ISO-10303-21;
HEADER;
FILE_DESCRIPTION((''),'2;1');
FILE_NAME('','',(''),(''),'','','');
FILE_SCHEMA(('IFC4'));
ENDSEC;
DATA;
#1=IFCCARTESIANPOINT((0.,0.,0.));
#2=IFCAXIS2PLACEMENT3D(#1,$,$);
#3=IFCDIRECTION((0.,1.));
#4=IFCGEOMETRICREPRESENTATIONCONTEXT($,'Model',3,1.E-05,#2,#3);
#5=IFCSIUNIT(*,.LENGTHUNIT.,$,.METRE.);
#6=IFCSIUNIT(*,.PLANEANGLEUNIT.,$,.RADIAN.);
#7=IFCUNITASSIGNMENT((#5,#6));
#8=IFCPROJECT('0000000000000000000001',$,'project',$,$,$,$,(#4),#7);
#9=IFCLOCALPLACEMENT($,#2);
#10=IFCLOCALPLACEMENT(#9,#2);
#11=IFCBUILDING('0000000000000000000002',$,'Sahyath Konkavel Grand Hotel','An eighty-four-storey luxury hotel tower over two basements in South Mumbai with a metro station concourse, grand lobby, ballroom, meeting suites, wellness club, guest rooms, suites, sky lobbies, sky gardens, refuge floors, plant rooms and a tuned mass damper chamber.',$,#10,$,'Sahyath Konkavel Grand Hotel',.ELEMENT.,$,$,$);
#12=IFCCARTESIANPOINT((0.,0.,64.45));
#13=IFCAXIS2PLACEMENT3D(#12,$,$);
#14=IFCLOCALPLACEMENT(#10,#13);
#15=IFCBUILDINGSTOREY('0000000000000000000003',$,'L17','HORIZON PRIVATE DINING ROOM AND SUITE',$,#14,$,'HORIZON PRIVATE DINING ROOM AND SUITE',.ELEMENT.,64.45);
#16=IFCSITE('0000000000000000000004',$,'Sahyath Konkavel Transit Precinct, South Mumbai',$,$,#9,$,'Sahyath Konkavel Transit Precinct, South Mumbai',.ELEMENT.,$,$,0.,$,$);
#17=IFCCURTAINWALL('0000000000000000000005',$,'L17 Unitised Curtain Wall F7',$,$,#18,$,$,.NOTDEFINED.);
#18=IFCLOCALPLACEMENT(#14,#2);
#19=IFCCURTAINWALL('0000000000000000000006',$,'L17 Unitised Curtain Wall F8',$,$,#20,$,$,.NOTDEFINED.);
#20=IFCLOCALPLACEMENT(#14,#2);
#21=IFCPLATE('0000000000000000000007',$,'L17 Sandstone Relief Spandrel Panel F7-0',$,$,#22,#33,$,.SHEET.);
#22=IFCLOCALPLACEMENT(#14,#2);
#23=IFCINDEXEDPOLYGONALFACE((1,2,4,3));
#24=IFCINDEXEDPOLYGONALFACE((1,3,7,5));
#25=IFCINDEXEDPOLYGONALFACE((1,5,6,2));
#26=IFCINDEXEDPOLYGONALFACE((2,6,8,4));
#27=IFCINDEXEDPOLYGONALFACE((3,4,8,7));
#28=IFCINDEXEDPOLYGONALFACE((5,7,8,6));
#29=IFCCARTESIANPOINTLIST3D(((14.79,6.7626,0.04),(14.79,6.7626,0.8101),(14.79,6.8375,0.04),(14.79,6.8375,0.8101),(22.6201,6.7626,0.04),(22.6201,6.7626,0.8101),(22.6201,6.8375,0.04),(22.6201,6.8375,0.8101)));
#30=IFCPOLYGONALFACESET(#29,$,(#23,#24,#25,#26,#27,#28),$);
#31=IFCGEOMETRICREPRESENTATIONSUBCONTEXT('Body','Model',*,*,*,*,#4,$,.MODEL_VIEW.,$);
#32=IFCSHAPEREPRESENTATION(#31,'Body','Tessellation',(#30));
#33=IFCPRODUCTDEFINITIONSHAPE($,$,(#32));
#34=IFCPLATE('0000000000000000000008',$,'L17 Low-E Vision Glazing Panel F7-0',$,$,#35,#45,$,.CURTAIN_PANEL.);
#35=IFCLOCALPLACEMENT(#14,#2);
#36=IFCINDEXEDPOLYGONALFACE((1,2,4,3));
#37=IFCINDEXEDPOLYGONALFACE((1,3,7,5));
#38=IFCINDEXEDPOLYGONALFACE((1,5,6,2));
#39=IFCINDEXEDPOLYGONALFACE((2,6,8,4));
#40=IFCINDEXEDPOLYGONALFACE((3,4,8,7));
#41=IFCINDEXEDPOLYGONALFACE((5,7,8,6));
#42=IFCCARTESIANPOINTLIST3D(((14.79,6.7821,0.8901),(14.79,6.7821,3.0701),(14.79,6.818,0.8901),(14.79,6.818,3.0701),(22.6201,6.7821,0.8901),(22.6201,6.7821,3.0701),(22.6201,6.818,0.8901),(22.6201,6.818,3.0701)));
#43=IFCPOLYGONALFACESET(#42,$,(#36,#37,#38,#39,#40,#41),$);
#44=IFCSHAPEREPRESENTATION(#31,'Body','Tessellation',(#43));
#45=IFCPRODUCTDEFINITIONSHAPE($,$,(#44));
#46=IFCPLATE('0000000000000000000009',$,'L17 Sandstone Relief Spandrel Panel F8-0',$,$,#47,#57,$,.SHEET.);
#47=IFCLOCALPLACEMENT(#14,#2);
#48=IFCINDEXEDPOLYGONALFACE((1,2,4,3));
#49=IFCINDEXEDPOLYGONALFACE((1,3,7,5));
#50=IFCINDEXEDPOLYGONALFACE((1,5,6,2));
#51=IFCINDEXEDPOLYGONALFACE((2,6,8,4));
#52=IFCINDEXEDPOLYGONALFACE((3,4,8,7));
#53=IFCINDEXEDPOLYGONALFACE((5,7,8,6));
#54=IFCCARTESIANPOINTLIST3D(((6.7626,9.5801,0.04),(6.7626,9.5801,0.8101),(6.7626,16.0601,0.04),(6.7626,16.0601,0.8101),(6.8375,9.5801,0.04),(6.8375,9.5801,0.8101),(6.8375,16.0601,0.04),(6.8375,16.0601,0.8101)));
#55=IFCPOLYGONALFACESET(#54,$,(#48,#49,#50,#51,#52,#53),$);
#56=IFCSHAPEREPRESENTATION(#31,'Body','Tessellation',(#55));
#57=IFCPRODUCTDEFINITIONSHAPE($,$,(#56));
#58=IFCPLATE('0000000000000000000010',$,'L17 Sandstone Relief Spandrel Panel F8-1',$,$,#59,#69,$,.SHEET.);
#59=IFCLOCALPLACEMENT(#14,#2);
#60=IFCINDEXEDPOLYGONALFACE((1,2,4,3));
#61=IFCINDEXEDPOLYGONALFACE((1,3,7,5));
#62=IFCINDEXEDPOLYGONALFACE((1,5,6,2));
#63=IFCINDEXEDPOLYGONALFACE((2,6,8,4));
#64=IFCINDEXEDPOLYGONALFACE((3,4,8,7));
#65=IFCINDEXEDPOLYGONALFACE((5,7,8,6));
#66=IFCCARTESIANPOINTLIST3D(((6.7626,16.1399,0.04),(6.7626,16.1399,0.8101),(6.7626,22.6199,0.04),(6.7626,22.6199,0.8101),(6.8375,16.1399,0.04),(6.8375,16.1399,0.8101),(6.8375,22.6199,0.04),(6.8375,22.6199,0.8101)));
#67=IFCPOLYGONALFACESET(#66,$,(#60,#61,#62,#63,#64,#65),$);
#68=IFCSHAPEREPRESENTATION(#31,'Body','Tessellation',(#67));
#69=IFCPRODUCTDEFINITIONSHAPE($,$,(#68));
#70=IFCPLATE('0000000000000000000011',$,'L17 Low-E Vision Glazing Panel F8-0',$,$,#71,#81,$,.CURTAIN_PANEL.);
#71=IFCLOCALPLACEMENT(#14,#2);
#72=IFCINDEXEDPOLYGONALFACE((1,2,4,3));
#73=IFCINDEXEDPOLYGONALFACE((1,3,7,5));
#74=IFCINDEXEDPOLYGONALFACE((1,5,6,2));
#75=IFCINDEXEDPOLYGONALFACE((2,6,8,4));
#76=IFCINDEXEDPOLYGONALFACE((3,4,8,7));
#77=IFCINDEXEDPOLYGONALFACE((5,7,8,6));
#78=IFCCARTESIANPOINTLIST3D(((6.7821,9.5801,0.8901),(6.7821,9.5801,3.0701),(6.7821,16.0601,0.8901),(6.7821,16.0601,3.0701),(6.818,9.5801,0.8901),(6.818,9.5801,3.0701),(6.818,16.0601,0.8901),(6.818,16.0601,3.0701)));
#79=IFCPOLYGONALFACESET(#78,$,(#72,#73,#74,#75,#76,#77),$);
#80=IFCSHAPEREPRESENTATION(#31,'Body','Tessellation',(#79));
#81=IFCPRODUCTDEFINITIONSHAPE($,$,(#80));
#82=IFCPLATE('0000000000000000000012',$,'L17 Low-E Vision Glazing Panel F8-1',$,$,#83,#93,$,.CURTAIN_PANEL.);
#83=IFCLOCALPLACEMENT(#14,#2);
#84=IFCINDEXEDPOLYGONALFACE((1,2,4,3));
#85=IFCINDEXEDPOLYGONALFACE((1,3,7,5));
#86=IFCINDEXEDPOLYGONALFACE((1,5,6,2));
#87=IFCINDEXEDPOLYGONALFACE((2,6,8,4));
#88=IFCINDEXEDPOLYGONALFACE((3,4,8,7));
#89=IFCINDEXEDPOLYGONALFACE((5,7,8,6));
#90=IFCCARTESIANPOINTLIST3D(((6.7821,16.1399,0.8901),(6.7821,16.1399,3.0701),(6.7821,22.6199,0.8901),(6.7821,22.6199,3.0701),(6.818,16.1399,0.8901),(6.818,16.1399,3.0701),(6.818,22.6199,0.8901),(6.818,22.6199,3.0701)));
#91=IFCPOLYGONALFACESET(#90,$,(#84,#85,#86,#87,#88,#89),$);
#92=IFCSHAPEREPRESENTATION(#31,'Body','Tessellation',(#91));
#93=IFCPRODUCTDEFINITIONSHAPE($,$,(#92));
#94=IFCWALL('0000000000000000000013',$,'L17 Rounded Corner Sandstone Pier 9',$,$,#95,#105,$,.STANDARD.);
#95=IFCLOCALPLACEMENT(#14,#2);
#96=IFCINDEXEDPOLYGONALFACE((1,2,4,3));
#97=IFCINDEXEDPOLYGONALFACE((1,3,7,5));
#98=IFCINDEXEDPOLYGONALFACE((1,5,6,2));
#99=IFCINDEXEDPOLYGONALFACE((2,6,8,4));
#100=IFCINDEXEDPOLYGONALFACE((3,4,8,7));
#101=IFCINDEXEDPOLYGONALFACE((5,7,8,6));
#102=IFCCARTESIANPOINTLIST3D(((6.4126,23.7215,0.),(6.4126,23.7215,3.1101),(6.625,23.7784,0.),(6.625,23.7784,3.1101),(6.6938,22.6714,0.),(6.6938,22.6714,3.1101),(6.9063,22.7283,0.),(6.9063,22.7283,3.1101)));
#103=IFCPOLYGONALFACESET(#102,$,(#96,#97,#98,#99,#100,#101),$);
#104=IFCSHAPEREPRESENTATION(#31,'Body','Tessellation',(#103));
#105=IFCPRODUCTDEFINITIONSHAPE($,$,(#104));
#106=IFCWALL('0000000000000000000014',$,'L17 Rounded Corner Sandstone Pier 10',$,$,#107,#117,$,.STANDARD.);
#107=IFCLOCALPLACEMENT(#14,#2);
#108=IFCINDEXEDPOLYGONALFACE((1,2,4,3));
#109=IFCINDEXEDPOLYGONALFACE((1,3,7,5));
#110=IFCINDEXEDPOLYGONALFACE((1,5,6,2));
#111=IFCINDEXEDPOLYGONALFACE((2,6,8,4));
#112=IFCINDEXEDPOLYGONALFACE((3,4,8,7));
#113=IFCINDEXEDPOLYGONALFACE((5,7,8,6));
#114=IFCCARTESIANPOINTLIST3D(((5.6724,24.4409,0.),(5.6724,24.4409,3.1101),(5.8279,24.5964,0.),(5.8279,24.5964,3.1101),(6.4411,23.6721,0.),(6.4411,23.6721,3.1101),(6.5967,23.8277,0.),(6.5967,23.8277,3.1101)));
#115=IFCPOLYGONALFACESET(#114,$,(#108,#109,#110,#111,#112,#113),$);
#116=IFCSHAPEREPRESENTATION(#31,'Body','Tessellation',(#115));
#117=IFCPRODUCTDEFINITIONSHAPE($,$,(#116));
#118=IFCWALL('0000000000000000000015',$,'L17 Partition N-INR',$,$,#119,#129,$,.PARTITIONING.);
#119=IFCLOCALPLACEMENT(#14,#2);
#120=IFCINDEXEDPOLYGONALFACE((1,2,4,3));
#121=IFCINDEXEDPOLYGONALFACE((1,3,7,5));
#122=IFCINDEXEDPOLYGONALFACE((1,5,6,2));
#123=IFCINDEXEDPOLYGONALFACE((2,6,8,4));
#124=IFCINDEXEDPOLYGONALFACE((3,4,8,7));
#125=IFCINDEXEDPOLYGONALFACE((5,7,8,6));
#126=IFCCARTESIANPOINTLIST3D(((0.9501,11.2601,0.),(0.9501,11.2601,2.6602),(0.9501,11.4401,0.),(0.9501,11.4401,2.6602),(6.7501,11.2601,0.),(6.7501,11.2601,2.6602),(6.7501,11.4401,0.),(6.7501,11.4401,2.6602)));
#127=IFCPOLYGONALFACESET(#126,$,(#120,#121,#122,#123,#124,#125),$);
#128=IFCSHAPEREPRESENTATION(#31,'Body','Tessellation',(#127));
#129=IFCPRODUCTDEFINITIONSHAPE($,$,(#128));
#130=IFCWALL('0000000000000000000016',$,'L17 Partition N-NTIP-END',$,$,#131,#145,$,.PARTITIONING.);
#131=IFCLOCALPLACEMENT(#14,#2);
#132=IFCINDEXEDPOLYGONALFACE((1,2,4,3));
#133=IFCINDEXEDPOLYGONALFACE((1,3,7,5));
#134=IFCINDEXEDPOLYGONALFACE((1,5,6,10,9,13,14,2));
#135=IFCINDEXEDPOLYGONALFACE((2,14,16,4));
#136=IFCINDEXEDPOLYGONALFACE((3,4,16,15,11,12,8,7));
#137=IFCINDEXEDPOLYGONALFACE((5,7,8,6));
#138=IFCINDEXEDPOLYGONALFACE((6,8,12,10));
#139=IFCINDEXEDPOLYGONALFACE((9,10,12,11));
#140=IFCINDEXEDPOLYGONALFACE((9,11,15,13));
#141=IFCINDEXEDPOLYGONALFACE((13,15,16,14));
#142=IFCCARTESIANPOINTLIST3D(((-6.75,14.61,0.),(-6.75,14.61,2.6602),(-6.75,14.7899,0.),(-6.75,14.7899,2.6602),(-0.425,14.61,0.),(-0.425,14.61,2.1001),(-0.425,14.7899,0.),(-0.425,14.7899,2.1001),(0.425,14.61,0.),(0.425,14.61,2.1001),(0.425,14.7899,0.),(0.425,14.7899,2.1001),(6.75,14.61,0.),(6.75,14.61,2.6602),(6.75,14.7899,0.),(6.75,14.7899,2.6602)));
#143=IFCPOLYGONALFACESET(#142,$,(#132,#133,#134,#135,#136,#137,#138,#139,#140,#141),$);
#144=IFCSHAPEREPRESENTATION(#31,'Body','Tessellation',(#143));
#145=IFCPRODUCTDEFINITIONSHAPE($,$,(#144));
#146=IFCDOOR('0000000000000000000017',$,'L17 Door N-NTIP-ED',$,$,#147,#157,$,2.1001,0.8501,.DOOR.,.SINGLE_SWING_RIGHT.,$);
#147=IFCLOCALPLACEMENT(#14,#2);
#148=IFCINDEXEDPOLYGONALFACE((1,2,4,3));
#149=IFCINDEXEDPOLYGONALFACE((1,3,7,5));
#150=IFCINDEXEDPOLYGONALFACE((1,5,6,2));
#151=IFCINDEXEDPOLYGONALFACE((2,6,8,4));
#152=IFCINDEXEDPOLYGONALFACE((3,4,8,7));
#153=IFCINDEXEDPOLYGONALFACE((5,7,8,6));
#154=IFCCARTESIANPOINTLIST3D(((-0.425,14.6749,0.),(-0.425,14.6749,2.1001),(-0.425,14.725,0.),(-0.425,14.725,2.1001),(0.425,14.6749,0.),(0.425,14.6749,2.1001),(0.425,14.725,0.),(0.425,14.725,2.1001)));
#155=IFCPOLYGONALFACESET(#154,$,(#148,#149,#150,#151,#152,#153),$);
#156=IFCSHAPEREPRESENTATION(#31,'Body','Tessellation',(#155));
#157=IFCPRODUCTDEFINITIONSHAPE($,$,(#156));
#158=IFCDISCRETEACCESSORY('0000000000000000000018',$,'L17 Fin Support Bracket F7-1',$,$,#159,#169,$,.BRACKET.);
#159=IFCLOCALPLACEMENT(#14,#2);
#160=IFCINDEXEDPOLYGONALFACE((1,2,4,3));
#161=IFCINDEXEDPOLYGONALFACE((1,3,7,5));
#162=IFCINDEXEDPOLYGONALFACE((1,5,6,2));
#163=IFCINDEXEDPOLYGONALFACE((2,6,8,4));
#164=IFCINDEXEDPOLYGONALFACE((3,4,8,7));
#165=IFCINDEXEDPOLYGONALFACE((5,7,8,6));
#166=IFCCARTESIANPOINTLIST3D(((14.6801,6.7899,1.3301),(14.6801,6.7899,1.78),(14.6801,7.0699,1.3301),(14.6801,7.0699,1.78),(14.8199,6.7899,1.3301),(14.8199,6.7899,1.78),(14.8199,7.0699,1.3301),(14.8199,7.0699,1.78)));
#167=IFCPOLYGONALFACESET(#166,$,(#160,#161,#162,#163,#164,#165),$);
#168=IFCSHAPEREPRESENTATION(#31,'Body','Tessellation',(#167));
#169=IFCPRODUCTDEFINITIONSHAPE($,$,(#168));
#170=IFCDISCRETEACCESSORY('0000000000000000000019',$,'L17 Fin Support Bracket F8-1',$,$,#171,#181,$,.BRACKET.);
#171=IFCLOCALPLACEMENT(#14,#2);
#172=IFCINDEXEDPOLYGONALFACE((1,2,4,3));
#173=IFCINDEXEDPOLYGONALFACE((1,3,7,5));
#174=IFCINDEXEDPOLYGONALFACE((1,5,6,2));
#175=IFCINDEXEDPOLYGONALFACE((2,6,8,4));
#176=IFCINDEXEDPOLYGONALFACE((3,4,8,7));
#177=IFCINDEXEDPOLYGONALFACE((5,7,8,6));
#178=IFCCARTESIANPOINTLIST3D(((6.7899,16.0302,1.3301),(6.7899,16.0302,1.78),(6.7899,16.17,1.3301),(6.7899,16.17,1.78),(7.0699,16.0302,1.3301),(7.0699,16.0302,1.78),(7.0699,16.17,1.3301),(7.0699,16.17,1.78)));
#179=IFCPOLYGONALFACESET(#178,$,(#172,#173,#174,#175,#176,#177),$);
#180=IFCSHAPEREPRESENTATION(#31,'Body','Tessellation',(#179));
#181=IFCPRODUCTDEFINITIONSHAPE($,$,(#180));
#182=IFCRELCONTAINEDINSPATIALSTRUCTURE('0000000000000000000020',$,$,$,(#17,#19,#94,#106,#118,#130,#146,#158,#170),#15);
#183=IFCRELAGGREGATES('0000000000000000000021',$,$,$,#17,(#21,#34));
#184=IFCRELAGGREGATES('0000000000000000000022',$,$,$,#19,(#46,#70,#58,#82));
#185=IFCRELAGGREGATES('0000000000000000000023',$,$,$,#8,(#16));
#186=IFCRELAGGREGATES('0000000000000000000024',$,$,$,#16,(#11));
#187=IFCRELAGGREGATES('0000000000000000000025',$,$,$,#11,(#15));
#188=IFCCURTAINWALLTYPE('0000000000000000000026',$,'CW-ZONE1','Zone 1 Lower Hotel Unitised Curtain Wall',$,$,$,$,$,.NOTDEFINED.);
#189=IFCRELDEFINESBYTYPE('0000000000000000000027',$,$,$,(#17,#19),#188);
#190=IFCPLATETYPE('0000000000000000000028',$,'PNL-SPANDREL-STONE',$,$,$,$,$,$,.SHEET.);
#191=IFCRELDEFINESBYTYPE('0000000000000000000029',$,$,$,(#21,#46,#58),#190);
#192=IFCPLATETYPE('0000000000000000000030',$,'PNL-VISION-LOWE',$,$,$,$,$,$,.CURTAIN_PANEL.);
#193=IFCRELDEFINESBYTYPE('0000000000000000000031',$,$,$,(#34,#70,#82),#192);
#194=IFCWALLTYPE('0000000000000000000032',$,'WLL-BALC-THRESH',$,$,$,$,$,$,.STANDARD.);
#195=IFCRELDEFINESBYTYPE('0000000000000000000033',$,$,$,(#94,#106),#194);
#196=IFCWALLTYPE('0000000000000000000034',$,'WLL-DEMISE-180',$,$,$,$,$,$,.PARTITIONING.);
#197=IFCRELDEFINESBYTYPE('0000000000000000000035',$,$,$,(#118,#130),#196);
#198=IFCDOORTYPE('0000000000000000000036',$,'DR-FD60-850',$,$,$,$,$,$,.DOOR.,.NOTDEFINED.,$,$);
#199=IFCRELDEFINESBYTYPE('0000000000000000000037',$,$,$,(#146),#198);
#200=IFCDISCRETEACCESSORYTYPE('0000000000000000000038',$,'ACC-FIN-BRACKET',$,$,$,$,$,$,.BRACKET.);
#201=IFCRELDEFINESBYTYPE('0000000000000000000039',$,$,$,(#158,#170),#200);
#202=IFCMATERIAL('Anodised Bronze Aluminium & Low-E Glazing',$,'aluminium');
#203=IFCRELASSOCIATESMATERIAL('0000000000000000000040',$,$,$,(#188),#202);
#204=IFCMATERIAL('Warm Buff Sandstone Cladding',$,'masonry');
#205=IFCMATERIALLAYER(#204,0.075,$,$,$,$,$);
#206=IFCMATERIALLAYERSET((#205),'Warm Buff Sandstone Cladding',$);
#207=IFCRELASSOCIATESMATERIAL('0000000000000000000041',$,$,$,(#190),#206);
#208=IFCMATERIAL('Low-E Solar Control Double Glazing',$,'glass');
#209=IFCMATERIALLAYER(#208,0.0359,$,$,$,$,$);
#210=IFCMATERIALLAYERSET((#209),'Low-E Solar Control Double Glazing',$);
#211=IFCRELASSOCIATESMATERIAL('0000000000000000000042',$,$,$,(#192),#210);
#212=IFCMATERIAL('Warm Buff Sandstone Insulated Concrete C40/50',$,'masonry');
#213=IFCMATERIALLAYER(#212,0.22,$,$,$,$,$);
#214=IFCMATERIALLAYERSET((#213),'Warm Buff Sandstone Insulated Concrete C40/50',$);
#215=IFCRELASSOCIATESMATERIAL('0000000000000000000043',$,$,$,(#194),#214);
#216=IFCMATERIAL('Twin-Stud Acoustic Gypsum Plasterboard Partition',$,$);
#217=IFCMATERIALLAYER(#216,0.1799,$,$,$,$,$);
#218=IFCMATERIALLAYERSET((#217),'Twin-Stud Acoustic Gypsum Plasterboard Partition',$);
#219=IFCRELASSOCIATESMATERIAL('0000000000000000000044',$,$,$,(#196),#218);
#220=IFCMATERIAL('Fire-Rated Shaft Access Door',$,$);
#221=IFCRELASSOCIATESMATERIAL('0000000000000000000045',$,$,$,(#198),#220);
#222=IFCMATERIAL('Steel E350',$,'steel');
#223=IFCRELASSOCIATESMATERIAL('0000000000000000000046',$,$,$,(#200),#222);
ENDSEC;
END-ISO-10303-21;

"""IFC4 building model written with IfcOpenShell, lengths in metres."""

from ifc_helpers import new_model, si_unit, direction, frame, frame_2d, origin, origin_2d, place, context, subcontext, project, spatial, rectangle, extrude, source, transform, mapped, material, layer, layer_set, type_object, element, fill, aggregate, save


model = new_model("IFC4")

# Units and contexts
model_context = context("Model", 3, precision=1e-05, world=origin(), true_north=direction((0.0, 1.0)))
body_context = subcontext(model_context, "Body", "Model", "MODEL_VIEW")
ifc_project = project(units=[si_unit("LENGTHUNIT", "METRE"), si_unit("PLANEANGLEUNIT", "RADIAN")], contexts=[model_context])

# Site, building, storey
site_placement = place(None, origin())
site = spatial("IfcSite", under=ifc_project, at=site_placement, Name="Sahyath Konkavel Transit Precinct, South Mumbai", LongName="Sahyath Konkavel Transit Precinct, South Mumbai", CompositionType="ELEMENT", RefElevation=0.0)
building_placement = place(site_placement, origin())
building = spatial("IfcBuilding", under=site, at=building_placement, Name="Sahyath Konkavel Grand Hotel", Description="An eighty-four-storey luxury hotel tower over two basements in South Mumbai with a metro station concourse, grand lobby, ballroom, meeting suites, wellness club, guest rooms, suites, sky lobbies, sky gardens, refuge floors, plant rooms and a tuned mass damper chamber.", LongName="Sahyath Konkavel Grand Hotel", CompositionType="ELEMENT")
storey_placement = place(building_placement, frame((0.0, 0.0, 64.45)))
storey = spatial("IfcBuildingStorey", under=building, at=storey_placement, Name="L17", Description="HORIZON PRIVATE DINING ROOM AND SUITE", LongName="HORIZON PRIVATE DINING ROOM AND SUITE", CompositionType="ELEMENT", Elevation=64.45)

# Curtain walls
ifc_material_1 = material(Name="Anodised Bronze Aluminium & Low-E Glazing", Category="aluminium")
curtain_wall_type = type_object("IfcCurtainWallType", Name="CW-ZONE1", Description="Zone 1 Lower Hotel Unitised Curtain Wall", PredefinedType="NOTDEFINED", material=ifc_material_1)
curtain_wall_1_placement = place(storey_placement, origin())
curtain_wall_1 = element("IfcCurtainWall", 1, at=curtain_wall_1_placement, inside=storey, type_object=curtain_wall_type, Name="L17 Unitised Curtain Wall F7", PredefinedType="NOTDEFINED")
curtain_wall_2_placement = place(storey_placement, origin())
curtain_wall_2 = element("IfcCurtainWall", 2, at=curtain_wall_2_placement, inside=storey, type_object=curtain_wall_type, Name="L17 Unitised Curtain Wall F8", PredefinedType="NOTDEFINED")

# Plates
ifc_material_2 = material(Name="Warm Buff Sandstone Cladding", Category="masonry")
ifc_layer_1 = layer(ifc_material_2, 0.075)
ifc_layer_set_1 = layer_set([ifc_layer_1], Name="Warm Buff Sandstone Cladding")
plate_type_1 = type_object("IfcPlateType", Name="PNL-SPANDREL-STONE", PredefinedType="SHEET", material=ifc_layer_set_1)
shared_shape_1 = source(origin(), body_context, "Body", "SweptSolid", [
    extrude(rectangle(XDim=7.8301, YDim=0.075, at=origin_2d()), origin(), (0.0, 0.0, 1.0), 0.77),
])
plate_1_placement = place(storey_placement, frame((18.7051, 6.8, 0.04), z_axis=(0.0, 0.0, 1.0), x_axis=(-1.0, 0.0, 0.0)))
plate_1 = element("IfcPlate", 3, at=plate_1_placement, type_object=plate_type_1, Name="L17 Sandstone Relief Spandrel Panel F7-0", PredefinedType="SHEET", context=body_context, shape_type="MappedRepresentation", body=[
    mapped(shared_shape_1, transform((0.0, 0.0, 0.0), scale=1.0)),
])
ifc_material_3 = material(Name="Low-E Solar Control Double Glazing", Category="glass")
ifc_layer_2 = layer(ifc_material_3, 0.0359)
ifc_layer_set_2 = layer_set([ifc_layer_2], Name="Low-E Solar Control Double Glazing")
plate_type_2 = type_object("IfcPlateType", Name="PNL-VISION-LOWE", PredefinedType="CURTAIN_PANEL", material=ifc_layer_set_2)
shared_shape_2 = source(origin(), body_context, "Body", "SweptSolid", [
    extrude(rectangle(XDim=7.8301, YDim=0.0359, at=origin_2d()), origin(), (0.0, 0.0, 1.0), 2.1799),
])
plate_2_placement = place(storey_placement, frame((18.7051, 6.8, 0.8901), z_axis=(0.0, 0.0, 1.0), x_axis=(-1.0, 0.0, 0.0)))
plate_2 = element("IfcPlate", 4, at=plate_2_placement, type_object=plate_type_2, Name="L17 Low-E Vision Glazing Panel F7-0", PredefinedType="CURTAIN_PANEL", context=body_context, shape_type="MappedRepresentation", body=[
    mapped(shared_shape_2, transform((0.0, 0.0, 0.0), scale=1.0)),
])
aggregate(curtain_wall_1, [plate_1, plate_2])
shared_shape_3 = source(origin(), body_context, "Body", "SweptSolid", [
    extrude(rectangle(XDim=6.48, YDim=0.075, at=origin_2d()), origin(), (0.0, 0.0, 1.0), 0.77),
])
plate_3_placement = place(storey_placement, frame((6.8, 12.8201, 0.04), z_axis=(0.0, 0.0, 1.0), x_axis=(0.0, 1.0, 0.0)))
plate_3 = element("IfcPlate", 5, at=plate_3_placement, type_object=plate_type_1, Name="L17 Sandstone Relief Spandrel Panel F8-0", PredefinedType="SHEET", context=body_context, shape_type="MappedRepresentation", body=[
    mapped(shared_shape_3, transform((0.0, 0.0, 0.0), scale=1.0)),
])
plate_4_placement = place(storey_placement, frame((6.8, 19.3799, 0.04), z_axis=(0.0, 0.0, 1.0), x_axis=(0.0, 1.0, 0.0)))
plate_4 = element("IfcPlate", 6, at=plate_4_placement, type_object=plate_type_1, Name="L17 Sandstone Relief Spandrel Panel F8-1", PredefinedType="SHEET", context=body_context, shape_type="MappedRepresentation", body=[
    mapped(shared_shape_3, transform((0.0, 0.0, 0.0), scale=1.0)),
])
shared_shape_4 = source(origin(), body_context, "Body", "SweptSolid", [
    extrude(rectangle(XDim=6.48, YDim=0.0359, at=origin_2d()), origin(), (0.0, 0.0, 1.0), 2.1799),
])
plate_5_placement = place(storey_placement, frame((6.8, 12.8201, 0.8901), z_axis=(0.0, 0.0, 1.0), x_axis=(0.0, 1.0, 0.0)))
plate_5 = element("IfcPlate", 7, at=plate_5_placement, type_object=plate_type_2, Name="L17 Low-E Vision Glazing Panel F8-0", PredefinedType="CURTAIN_PANEL", context=body_context, shape_type="MappedRepresentation", body=[
    mapped(shared_shape_4, transform((0.0, 0.0, 0.0), scale=1.0)),
])
plate_6_placement = place(storey_placement, frame((6.8, 19.3799, 0.8901), z_axis=(0.0, 0.0, 1.0), x_axis=(0.0, 1.0, 0.0)))
plate_6 = element("IfcPlate", 8, at=plate_6_placement, type_object=plate_type_2, Name="L17 Low-E Vision Glazing Panel F8-1", PredefinedType="CURTAIN_PANEL", context=body_context, shape_type="MappedRepresentation", body=[
    mapped(shared_shape_4, transform((0.0, 0.0, 0.0), scale=1.0)),
])
aggregate(curtain_wall_2, [plate_3, plate_5, plate_4, plate_6])

# Walls
ifc_material_4 = material(Name="Warm Buff Sandstone Insulated Concrete C40/50", Category="masonry")
ifc_layer_3 = layer(ifc_material_4, 0.22)
ifc_layer_set_3 = layer_set([ifc_layer_3], Name="Warm Buff Sandstone Insulated Concrete C40/50")
wall_type_1 = type_object("IfcWallType", Name="WLL-BALC-THRESH", PredefinedType="STANDARD", material=ifc_layer_set_3)
for number, where, z_axis, x_axis, name in (
    (9, (6.8, 22.7, 0.0), (0.0, 0.0, 1.0), (-0.258725, 0.965951, 0.0), "L17 Rounded Corner Sandstone Pier 9"),
    (10, (6.5188, 23.75, 0.0), (0.0, 0.0, 1.0), (-0.707107, 0.707107, 0.0), "L17 Rounded Corner Sandstone Pier 10"),
):
    element("IfcWall", number, at=place(storey_placement, frame(where, z_axis=z_axis, x_axis=x_axis)), inside=storey, type_object=wall_type_1, Name=name, PredefinedType="STANDARD", context=body_context, shape_type="SweptSolid", body=[
        extrude(rectangle(XDim=1.0872, YDim=0.22, at=frame_2d((0.5435, 0.0))), origin(), (0.0, 0.0, 1.0), 3.1101),
    ])
ifc_material_5 = material(Name="Twin-Stud Acoustic Gypsum Plasterboard Partition")
ifc_layer_4 = layer(ifc_material_5, 0.1799)
ifc_layer_set_4 = layer_set([ifc_layer_4], Name="Twin-Stud Acoustic Gypsum Plasterboard Partition")
wall_type_2 = type_object("IfcWallType", Name="WLL-DEMISE-180", PredefinedType="PARTITIONING", material=ifc_layer_set_4)
wall_1_placement = place(storey_placement, frame((6.75, 11.3501, 0.0), z_axis=(0.0, 0.0, 1.0), x_axis=(-1.0, 0.0, 0.0)))
element("IfcWall", 11, at=wall_1_placement, inside=storey, type_object=wall_type_2, Name="L17 Partition N-INR", PredefinedType="PARTITIONING", context=body_context, shape_type="SweptSolid", body=[
    extrude(rectangle(XDim=5.8, YDim=0.1799, at=frame_2d((2.8999, 0.0))), origin(), (0.0, 0.0, 1.0), 2.6602),
])

# Wall, opening, door
wall_2_placement = place(storey_placement, frame((6.75, 14.7, 0.0), z_axis=(0.0, 0.0, 1.0), x_axis=(-1.0, 0.0, 0.0)))
wall_2 = element("IfcWall", 12, at=wall_2_placement, inside=storey, type_object=wall_type_2, Name="L17 Partition N-NTIP-END", PredefinedType="PARTITIONING", context=body_context, shape_type="SweptSolid", body=[
    extrude(rectangle(XDim=13.5, YDim=0.1799, at=frame_2d((6.75, 0.0))), origin(), (0.0, 0.0, 1.0), 2.6602),
])
opening_placement = place(wall_2_placement, frame((6.325, 0.0, 0.0)))
opening = element("IfcOpeningElement", 13, at=opening_placement, cuts=wall_2, PredefinedType="OPENING", context=body_context, shape_type="SweptSolid", body=[
    extrude(rectangle(XDim=0.8501, YDim=2.1001, at=frame_2d((0.425, 1.05))), frame((0.0, 0.1001, 0.0), z_axis=(0.0, -1.0, 0.0), x_axis=(1.0, 0.0, 0.0)), (0.0, 0.0, 1.0), 0.2),
])
ifc_material_6 = material(Name="Fire-Rated Shaft Access Door")
door_type = type_object("IfcDoorType", Name="DR-FD60-850", OperationType="NOTDEFINED", PredefinedType="DOOR", material=ifc_material_6)
shared_shape_5 = source(origin(), body_context, "Body", "SweptSolid", [
    extrude(rectangle(XDim=0.8501, YDim=0.05, at=origin_2d()), origin(), (0.0, 0.0, 1.0), 2.1001),
])
door_placement = place(opening_placement, frame((0.425, 0.0, 0.0)))
door = element("IfcDoor", 14, at=door_placement, inside=storey, type_object=door_type, Name="L17 Door N-NTIP-ED", OperationType="SINGLE_SWING_RIGHT", OverallHeight=2.1001, OverallWidth=0.8501, PredefinedType="DOOR", context=body_context, shape_type="MappedRepresentation", body=[
    mapped(shared_shape_5, transform((0.0, 0.0, 0.0), scale=1.0)),
])
fill(opening, door)

# Discrete accessories
ifc_material_7 = material(Name="Steel E350", Category="steel")
discrete_accessory_type = type_object("IfcDiscreteAccessoryType", Name="ACC-FIN-BRACKET", PredefinedType="BRACKET", material=ifc_material_7)
shared_shape_6 = source(origin(), body_context, "Body", "SweptSolid", [
    extrude(rectangle(XDim=0.28, YDim=0.1399, at=origin_2d()), origin(), (0.0, 0.0, 1.0), 0.45),
])
for number, where, z_axis, x_axis, name in (
    (15, (14.75, 6.9299, 1.3301), (0.0, 0.0, 1.0), (0.0, 1.0, 0.0), "L17 Fin Support Bracket F7-1"),
    (16, (6.9299, 16.1001, 1.3301), (0.0, 0.0, 1.0), (1.0, 0.0, 0.0), "L17 Fin Support Bracket F8-1"),
):
    element("IfcDiscreteAccessory", number, at=place(storey_placement, frame(where, z_axis=z_axis, x_axis=x_axis)), inside=storey, type_object=discrete_accessory_type, Name=name, PredefinedType="BRACKET", context=body_context, shape_type="MappedRepresentation", body=[
        mapped(shared_shape_6, transform((0.0, 0.0, 0.0), scale=1.0)),
    ])

save(model, "model.ifc")
